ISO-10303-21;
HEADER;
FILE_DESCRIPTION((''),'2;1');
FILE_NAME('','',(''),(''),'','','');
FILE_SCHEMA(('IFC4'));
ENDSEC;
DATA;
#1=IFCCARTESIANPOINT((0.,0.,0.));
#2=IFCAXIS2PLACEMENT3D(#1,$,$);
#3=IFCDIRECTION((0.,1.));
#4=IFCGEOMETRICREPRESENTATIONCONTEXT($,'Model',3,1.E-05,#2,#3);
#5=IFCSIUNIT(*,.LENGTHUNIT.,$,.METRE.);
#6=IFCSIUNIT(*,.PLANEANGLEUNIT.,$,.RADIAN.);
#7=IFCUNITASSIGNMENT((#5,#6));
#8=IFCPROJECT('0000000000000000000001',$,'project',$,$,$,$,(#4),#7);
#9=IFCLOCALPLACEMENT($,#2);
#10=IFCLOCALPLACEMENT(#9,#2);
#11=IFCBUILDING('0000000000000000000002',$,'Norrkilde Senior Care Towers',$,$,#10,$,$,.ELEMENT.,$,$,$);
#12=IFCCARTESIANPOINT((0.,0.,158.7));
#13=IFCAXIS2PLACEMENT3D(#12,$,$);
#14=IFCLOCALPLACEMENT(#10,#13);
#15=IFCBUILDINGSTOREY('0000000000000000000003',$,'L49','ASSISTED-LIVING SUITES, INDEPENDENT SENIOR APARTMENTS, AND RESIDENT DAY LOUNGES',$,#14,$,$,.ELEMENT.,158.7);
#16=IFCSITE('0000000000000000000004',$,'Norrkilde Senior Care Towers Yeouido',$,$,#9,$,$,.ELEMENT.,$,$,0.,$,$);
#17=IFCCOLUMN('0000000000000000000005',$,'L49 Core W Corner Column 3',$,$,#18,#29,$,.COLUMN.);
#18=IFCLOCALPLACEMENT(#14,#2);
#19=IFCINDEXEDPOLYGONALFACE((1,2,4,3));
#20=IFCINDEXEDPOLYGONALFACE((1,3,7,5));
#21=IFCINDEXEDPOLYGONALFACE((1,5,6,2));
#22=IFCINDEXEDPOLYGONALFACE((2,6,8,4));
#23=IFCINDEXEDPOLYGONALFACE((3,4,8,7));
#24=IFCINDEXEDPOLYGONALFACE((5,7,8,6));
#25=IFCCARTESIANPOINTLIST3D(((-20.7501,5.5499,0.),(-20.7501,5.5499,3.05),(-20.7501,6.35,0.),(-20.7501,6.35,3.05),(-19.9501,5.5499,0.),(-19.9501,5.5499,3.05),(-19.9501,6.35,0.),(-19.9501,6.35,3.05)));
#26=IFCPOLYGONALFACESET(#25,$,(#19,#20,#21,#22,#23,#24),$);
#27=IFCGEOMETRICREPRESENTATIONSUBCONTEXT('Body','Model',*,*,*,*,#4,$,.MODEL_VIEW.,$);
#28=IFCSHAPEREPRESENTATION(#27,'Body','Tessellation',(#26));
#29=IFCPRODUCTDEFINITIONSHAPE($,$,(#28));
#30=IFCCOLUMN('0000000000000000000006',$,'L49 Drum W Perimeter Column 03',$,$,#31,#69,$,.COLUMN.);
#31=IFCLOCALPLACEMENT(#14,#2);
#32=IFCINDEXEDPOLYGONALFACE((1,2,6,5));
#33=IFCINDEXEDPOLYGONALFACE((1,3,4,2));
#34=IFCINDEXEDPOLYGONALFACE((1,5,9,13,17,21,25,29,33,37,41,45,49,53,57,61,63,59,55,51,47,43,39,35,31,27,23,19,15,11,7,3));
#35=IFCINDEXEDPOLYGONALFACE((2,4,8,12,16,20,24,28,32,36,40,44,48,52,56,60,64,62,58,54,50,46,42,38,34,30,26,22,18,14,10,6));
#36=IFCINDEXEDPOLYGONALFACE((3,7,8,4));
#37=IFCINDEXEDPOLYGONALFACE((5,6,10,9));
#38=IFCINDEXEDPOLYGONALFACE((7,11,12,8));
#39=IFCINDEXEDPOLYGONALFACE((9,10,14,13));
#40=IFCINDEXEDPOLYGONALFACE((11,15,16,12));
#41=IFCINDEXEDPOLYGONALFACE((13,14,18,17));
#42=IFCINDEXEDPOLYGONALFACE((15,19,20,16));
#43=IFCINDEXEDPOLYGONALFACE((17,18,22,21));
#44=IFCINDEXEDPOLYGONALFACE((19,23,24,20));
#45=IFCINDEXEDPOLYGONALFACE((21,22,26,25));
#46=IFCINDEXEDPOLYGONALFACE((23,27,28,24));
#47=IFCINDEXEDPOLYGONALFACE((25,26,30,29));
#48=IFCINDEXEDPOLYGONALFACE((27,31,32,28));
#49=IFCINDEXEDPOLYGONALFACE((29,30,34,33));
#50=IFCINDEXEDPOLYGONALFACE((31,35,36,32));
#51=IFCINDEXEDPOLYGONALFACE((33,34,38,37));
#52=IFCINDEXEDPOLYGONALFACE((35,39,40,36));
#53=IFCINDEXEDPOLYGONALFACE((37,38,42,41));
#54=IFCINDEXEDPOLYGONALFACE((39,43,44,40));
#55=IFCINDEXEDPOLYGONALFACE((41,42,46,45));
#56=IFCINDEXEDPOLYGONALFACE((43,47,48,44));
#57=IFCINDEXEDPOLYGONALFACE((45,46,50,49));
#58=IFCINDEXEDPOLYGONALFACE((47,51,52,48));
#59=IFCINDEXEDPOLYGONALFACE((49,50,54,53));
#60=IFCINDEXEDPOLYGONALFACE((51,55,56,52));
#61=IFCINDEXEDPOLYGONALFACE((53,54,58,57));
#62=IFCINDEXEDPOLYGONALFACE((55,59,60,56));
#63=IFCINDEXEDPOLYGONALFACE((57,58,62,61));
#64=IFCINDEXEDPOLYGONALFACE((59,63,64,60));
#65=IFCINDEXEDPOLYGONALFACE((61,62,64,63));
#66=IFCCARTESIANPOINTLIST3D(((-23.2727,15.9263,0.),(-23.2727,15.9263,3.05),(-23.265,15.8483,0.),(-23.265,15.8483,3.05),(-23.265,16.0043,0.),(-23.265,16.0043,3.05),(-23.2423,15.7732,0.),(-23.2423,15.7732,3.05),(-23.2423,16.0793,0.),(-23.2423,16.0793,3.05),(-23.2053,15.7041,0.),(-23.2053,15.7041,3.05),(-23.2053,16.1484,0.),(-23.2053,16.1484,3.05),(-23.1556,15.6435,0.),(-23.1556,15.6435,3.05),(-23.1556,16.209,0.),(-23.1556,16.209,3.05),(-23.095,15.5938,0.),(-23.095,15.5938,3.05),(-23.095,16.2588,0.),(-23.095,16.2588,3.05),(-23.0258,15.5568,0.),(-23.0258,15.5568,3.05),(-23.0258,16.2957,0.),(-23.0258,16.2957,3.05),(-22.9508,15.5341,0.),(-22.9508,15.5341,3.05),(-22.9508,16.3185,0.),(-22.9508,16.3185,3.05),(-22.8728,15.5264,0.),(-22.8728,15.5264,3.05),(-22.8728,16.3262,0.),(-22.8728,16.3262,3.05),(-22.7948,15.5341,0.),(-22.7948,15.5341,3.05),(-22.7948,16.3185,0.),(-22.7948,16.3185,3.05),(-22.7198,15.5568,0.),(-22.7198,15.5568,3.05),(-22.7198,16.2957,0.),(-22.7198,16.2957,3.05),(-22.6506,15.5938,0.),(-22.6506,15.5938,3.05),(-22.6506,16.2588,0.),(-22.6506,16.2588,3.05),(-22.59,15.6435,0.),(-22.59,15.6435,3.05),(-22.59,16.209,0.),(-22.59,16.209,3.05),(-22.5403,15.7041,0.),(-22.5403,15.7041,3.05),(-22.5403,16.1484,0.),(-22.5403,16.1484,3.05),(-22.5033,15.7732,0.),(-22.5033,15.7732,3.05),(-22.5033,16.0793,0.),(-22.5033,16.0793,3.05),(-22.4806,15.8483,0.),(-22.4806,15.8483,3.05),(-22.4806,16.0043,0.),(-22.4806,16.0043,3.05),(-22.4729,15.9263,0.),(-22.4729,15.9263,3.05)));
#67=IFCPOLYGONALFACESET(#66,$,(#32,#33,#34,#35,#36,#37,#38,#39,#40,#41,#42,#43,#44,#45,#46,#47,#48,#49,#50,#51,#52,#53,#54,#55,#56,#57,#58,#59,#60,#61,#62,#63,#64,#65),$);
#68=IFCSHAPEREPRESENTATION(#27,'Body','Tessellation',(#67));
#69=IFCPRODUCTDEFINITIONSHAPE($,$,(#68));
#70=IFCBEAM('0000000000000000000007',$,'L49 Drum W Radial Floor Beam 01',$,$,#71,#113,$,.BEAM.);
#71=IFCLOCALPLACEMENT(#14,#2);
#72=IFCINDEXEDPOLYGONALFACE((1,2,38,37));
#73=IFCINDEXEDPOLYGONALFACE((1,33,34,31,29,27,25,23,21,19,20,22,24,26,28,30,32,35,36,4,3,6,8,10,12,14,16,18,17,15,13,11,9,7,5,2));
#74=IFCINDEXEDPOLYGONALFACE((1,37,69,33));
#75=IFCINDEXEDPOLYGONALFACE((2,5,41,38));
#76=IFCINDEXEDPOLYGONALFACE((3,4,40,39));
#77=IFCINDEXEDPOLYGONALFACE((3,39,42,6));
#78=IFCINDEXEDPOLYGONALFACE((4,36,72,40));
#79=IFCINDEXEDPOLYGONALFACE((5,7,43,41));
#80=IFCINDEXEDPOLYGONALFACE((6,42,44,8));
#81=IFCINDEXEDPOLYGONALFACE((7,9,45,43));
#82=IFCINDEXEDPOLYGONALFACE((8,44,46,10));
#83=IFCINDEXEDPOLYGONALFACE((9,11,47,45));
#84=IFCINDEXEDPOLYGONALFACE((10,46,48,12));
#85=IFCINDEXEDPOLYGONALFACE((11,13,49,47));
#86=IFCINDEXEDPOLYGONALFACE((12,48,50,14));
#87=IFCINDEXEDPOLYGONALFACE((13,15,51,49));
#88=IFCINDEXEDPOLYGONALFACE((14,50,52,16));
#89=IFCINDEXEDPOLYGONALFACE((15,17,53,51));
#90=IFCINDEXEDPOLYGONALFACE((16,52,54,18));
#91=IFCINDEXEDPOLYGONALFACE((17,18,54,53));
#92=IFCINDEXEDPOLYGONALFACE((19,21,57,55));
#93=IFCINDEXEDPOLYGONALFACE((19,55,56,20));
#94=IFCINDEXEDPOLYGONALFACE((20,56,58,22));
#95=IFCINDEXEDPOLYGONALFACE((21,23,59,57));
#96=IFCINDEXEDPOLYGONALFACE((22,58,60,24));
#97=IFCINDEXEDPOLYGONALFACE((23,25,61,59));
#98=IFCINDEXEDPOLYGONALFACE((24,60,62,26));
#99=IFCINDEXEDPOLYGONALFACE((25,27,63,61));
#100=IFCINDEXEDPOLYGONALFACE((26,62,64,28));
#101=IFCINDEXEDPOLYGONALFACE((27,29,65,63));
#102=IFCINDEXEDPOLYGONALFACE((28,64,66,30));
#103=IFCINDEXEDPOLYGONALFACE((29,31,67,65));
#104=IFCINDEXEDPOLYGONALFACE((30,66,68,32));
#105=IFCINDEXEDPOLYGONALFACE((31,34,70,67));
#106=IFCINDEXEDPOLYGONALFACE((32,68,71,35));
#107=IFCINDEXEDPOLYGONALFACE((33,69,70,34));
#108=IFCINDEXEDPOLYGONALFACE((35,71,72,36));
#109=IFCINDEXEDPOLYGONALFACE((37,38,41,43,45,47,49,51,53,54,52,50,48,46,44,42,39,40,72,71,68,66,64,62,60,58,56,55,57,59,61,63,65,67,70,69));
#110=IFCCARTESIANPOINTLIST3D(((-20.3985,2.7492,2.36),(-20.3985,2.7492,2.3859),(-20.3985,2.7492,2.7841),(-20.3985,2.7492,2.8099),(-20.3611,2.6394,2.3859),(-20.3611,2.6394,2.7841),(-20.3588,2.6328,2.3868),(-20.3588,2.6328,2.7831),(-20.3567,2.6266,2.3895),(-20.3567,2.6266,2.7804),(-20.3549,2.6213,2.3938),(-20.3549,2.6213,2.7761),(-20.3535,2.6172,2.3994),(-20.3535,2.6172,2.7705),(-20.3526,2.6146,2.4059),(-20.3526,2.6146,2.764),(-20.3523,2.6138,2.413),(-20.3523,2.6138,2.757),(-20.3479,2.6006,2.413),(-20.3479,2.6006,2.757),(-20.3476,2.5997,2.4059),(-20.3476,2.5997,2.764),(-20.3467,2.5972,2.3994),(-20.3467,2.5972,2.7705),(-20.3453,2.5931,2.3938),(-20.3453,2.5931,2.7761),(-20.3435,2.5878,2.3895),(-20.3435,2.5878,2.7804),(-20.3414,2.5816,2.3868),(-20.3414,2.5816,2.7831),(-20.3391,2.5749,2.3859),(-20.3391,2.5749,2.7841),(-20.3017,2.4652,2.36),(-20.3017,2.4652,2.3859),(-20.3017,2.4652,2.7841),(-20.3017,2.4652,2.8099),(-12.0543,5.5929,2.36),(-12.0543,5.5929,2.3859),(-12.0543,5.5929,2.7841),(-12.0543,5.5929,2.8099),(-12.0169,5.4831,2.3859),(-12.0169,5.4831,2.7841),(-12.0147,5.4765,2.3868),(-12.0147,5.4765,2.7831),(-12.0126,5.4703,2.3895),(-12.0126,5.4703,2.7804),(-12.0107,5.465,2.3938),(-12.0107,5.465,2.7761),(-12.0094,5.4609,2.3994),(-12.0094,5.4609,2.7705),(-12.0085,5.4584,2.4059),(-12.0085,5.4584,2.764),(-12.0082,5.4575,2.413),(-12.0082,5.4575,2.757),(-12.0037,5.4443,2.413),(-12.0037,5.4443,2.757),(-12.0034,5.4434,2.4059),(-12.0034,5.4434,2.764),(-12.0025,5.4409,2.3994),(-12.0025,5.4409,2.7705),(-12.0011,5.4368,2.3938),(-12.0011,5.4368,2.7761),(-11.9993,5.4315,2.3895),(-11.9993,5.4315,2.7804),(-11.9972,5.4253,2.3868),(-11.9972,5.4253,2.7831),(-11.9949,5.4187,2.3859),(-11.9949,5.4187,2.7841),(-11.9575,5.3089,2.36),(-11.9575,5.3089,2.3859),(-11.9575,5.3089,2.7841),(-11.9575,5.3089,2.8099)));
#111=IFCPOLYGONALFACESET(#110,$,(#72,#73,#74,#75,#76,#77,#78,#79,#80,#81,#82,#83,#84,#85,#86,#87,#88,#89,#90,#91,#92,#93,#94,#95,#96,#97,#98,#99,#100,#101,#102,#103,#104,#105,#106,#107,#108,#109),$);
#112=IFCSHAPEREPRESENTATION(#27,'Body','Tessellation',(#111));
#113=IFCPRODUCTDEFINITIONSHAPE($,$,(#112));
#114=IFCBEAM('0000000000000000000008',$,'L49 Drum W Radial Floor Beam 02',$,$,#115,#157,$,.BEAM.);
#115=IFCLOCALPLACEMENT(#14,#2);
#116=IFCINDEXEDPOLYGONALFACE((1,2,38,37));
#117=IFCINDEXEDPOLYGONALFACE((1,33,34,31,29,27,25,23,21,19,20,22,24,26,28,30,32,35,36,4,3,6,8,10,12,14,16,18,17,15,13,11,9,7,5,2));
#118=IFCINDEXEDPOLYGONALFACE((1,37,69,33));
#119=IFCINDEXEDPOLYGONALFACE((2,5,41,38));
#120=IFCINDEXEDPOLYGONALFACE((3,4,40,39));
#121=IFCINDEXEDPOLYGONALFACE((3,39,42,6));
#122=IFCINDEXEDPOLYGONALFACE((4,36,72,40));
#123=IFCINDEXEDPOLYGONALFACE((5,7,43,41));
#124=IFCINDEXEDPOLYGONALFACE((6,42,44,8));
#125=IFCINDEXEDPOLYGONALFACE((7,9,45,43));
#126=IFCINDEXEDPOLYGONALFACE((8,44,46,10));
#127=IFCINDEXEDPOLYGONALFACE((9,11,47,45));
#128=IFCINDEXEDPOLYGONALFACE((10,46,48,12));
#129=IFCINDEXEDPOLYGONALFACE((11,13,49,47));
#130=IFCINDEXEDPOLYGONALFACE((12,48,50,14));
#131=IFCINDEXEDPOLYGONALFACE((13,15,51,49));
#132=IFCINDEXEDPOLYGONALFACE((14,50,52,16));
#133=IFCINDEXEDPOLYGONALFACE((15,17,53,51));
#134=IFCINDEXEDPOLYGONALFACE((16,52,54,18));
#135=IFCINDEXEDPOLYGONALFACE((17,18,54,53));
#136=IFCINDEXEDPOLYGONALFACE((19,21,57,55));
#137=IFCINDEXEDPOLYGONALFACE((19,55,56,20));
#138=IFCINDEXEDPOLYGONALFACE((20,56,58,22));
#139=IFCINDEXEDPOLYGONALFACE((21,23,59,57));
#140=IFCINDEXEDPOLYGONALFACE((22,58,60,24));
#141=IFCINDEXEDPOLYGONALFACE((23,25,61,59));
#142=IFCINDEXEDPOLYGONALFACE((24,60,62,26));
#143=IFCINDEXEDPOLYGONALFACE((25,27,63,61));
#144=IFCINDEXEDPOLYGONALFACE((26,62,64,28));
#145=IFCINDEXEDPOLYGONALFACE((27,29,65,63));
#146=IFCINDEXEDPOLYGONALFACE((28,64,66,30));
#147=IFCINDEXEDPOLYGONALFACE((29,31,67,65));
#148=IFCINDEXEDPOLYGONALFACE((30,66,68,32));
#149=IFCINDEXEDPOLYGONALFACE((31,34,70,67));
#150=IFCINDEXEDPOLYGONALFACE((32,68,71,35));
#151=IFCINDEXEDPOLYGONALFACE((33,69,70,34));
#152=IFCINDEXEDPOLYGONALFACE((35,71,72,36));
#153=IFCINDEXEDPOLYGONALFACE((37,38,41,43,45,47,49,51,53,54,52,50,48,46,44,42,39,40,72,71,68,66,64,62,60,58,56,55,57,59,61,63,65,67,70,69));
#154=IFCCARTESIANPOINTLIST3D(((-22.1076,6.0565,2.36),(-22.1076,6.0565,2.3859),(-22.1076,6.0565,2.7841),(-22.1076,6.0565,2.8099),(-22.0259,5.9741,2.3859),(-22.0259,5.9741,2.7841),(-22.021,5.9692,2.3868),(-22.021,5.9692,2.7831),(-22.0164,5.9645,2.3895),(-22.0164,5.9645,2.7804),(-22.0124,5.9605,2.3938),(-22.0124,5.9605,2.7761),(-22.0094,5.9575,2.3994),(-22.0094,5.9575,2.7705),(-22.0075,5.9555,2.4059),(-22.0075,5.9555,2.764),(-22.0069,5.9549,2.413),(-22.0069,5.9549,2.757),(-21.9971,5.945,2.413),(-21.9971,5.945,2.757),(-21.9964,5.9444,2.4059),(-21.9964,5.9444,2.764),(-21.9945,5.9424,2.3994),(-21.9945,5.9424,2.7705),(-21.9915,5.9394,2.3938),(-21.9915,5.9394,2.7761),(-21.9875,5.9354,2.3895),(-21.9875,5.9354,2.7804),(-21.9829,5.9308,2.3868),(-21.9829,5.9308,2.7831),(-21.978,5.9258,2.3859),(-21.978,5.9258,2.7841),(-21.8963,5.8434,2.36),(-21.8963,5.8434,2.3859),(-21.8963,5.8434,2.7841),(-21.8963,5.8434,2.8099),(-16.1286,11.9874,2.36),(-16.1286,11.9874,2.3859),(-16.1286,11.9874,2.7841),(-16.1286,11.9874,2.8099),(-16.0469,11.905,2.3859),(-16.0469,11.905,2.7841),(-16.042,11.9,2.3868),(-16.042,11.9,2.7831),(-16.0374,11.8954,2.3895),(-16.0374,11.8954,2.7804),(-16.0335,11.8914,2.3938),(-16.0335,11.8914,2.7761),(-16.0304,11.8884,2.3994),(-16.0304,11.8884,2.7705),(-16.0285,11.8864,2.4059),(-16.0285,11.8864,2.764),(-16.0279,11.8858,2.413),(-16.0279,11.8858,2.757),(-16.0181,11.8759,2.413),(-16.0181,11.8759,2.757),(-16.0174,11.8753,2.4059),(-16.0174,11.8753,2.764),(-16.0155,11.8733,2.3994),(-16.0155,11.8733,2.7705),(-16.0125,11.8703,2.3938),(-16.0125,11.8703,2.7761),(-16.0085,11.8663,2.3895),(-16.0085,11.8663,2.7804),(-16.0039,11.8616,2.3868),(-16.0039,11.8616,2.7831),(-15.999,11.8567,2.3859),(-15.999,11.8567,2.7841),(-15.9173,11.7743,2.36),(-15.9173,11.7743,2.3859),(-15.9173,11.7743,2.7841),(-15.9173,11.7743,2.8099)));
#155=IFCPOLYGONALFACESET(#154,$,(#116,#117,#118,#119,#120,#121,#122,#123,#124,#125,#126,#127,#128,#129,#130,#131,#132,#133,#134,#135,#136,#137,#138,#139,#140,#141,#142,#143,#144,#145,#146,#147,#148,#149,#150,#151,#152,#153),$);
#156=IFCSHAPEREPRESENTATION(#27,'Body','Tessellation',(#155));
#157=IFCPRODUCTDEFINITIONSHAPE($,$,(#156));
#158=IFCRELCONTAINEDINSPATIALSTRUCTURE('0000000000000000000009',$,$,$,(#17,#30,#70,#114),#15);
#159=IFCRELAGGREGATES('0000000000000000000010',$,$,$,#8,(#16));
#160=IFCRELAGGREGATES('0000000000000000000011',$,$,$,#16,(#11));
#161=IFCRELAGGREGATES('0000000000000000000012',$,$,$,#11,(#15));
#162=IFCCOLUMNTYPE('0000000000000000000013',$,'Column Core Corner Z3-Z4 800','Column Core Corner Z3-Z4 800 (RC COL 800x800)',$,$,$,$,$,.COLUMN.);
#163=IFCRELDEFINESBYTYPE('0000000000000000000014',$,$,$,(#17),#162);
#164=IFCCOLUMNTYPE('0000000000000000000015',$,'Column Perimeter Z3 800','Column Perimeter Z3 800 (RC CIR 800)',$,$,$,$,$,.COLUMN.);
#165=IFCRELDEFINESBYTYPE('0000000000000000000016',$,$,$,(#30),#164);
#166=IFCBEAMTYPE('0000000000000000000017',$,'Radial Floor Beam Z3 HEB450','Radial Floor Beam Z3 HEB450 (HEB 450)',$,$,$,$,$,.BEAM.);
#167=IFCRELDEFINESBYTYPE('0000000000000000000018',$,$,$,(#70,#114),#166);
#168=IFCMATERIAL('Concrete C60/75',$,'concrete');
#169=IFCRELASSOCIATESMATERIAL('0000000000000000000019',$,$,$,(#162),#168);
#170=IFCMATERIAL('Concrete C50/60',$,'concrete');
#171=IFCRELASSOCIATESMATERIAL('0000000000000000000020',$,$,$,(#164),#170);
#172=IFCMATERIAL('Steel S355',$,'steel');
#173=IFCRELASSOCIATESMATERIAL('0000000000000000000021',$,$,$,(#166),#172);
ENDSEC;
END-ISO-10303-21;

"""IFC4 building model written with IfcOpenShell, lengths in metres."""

from ifc_helpers import new_model, si_unit, direction, frame, origin, origin_2d, place, context, subcontext, project, spatial, rectangle, circle, i_section, extrude, source, transform, mapped, material, material_profile, profile_set, type_object, type_shapes, element, save


model = new_model("IFC4")

# Units and contexts
model_context = context("Model", 3, precision=1e-05, world=origin(), true_north=direction((0.0, 1.0)))
body_context = subcontext(model_context, "Body", "Model", "MODEL_VIEW")
ifc_project = project(units=[si_unit("LENGTHUNIT", "METRE"), si_unit("PLANEANGLEUNIT", "RADIAN")], contexts=[model_context])

# Site, building, storey
site_placement = place(None, origin())
site = spatial("IfcSite", under=ifc_project, at=site_placement, Name="Norrkilde Senior Care Towers Yeouido", CompositionType="ELEMENT", RefElevation=0.0)
building_placement = place(site_placement, origin())
building = spatial("IfcBuilding", under=site, at=building_placement, Name="Norrkilde Senior Care Towers", CompositionType="ELEMENT")
storey_placement = place(building_placement, frame((0.0, 0.0, 158.7)))
storey = spatial("IfcBuildingStorey", under=building, at=storey_placement, Name="L49", Description="ASSISTED-LIVING SUITES, INDEPENDENT SENIOR APARTMENTS, AND RESIDENT DAY LOUNGES", CompositionType="ELEMENT", Elevation=158.7)

# Columns
ifc_material_1 = material(Name="Concrete C60/75", Category="concrete")
ifc_material_profile_1 = material_profile(ifc_material_1, rectangle(XDim=0.8, YDim=0.8, at=origin_2d()), Name="RC COL 800x800")
ifc_profile_set_1 = profile_set([ifc_material_profile_1], Name="Concrete C60/75")
column_type_1 = type_object("IfcColumnType", Name="Column Core Corner Z3-Z4 800", Description="Column Core Corner Z3-Z4 800 (RC COL 800x800)", PredefinedType="COLUMN", material=ifc_profile_set_1)
shared_shape_1 = source(origin(), body_context, "Body", "SweptSolid", [
    extrude(rectangle(XDim=0.8, YDim=0.8, at=origin_2d()), origin(), (0.0, 0.0, 1.0), 3.05),
])
type_shapes(column_type_1, [shared_shape_1])
column_1_placement = place(storey_placement, frame((-20.3501, 5.95, 0.0), z_axis=(0.0, 0.0, 1.0), x_axis=(1.0, 0.0, 0.0)))
element("IfcColumn", 1, at=column_1_placement, inside=storey, type_object=column_type_1, Name="L49 Core W Corner Column 3", PredefinedType="COLUMN", context=body_context, shape_type="MappedRepresentation", body=[
    mapped(shared_shape_1, transform((0.0, 0.0, 0.0), x_axis=(1.0, 0.0, 0.0), y_axis=(0.0, 1.0, 0.0), z_axis=(0.0, 0.0, 1.0), scale=1.0)),
])
ifc_material_2 = material(Name="Concrete C50/60", Category="concrete")
ifc_material_profile_2 = material_profile(ifc_material_2, circle(Radius=0.3999, at=origin_2d()), Name="RC CIR 800")
ifc_profile_set_2 = profile_set([ifc_material_profile_2], Name="Concrete C50/60")
column_type_2 = type_object("IfcColumnType", Name="Column Perimeter Z3 800", Description="Column Perimeter Z3 800 (RC CIR 800)", PredefinedType="COLUMN", material=ifc_profile_set_2)
shared_shape_2 = source(origin(), body_context, "Body", "SweptSolid", [
    extrude(circle(Radius=0.3999, at=origin_2d()), origin(), (0.0, 0.0, 1.0), 3.05),
])
type_shapes(column_type_2, [shared_shape_2])
column_2_placement = place(storey_placement, frame((-22.8728, 15.9263, 0.0), z_axis=(0.0, 0.0, 1.0), x_axis=(1.0, 0.0, 0.0)))
element("IfcColumn", 2, at=column_2_placement, inside=storey, type_object=column_type_2, Name="L49 Drum W Perimeter Column 03", PredefinedType="COLUMN", context=body_context, shape_type="MappedRepresentation", body=[
    mapped(shared_shape_2, transform((0.0, 0.0, 0.0), x_axis=(1.0, 0.0, 0.0), y_axis=(0.0, 1.0, 0.0), z_axis=(0.0, 0.0, 1.0), scale=1.0)),
])

# Beams
ifc_material_3 = material(Name="Steel S355", Category="steel")
ifc_material_profile_3 = material_profile(ifc_material_3, i_section(OverallWidth=0.3, OverallDepth=0.45, WebThickness=0.0139, FlangeThickness=0.0259, FilletRadius=0.0271, at=origin_2d()), Name="HEB 450")
ifc_profile_set_3 = profile_set([ifc_material_profile_3], Name="Steel S355")
beam_type_1 = type_object("IfcBeamType", Name="Radial Floor Beam Z3 HEB450", Description="Radial Floor Beam Z3 HEB450 (HEB 450)", PredefinedType="BEAM", material=ifc_profile_set_3)
shared_shape_3 = source(origin(), body_context, "Body", "SweptSolid", [
    extrude(i_section(OverallWidth=0.3, OverallDepth=0.45, WebThickness=0.0139, FlangeThickness=0.0259, FilletRadius=0.0271, at=origin_2d()), origin(), (0.0, 0.0, 1.0), 8.8154),
])
beam_1_placement = place(storey_placement, frame((-20.3501, 2.6072, 2.585), z_axis=(0.946541, 0.322585, 0.0), x_axis=(-0.322585, 0.946541, 0.0)))
element("IfcBeam", 3, at=beam_1_placement, inside=storey, type_object=beam_type_1, Name="L49 Drum W Radial Floor Beam 01", PredefinedType="BEAM", context=body_context, shape_type="MappedRepresentation", body=[
    mapped(shared_shape_3, transform((0.0, 0.0, 0.0), x_axis=(1.0, 0.0, 0.0), y_axis=(0.0, 1.0, 0.0), z_axis=(0.0, 0.0, 1.0), scale=1.0)),
])
shared_shape_4 = source(origin(), body_context, "Body", "SweptSolid", [
    extrude(i_section(OverallWidth=0.3, OverallDepth=0.45, WebThickness=0.0139, FlangeThickness=0.0259, FilletRadius=0.0271, at=origin_2d()), origin(), (0.0, 0.0, 1.0), 8.4216),
])
beam_2_placement = place(storey_placement, frame((-22.002, 5.95, 2.585), z_axis=(0.709956, 0.704246, 0.0), x_axis=(-0.704246, 0.709956, 0.0)))
element("IfcBeam", 4, at=beam_2_placement, inside=storey, type_object=beam_type_1, Name="L49 Drum W Radial Floor Beam 02", PredefinedType="BEAM", context=body_context, shape_type="MappedRepresentation", body=[
    mapped(shared_shape_4, transform((0.0, 0.0, 0.0), x_axis=(1.0, 0.0, 0.0), y_axis=(0.0, 1.0, 0.0), z_axis=(0.0, 0.0, 1.0), scale=1.0)),
])

save(model, "model.ifc")
